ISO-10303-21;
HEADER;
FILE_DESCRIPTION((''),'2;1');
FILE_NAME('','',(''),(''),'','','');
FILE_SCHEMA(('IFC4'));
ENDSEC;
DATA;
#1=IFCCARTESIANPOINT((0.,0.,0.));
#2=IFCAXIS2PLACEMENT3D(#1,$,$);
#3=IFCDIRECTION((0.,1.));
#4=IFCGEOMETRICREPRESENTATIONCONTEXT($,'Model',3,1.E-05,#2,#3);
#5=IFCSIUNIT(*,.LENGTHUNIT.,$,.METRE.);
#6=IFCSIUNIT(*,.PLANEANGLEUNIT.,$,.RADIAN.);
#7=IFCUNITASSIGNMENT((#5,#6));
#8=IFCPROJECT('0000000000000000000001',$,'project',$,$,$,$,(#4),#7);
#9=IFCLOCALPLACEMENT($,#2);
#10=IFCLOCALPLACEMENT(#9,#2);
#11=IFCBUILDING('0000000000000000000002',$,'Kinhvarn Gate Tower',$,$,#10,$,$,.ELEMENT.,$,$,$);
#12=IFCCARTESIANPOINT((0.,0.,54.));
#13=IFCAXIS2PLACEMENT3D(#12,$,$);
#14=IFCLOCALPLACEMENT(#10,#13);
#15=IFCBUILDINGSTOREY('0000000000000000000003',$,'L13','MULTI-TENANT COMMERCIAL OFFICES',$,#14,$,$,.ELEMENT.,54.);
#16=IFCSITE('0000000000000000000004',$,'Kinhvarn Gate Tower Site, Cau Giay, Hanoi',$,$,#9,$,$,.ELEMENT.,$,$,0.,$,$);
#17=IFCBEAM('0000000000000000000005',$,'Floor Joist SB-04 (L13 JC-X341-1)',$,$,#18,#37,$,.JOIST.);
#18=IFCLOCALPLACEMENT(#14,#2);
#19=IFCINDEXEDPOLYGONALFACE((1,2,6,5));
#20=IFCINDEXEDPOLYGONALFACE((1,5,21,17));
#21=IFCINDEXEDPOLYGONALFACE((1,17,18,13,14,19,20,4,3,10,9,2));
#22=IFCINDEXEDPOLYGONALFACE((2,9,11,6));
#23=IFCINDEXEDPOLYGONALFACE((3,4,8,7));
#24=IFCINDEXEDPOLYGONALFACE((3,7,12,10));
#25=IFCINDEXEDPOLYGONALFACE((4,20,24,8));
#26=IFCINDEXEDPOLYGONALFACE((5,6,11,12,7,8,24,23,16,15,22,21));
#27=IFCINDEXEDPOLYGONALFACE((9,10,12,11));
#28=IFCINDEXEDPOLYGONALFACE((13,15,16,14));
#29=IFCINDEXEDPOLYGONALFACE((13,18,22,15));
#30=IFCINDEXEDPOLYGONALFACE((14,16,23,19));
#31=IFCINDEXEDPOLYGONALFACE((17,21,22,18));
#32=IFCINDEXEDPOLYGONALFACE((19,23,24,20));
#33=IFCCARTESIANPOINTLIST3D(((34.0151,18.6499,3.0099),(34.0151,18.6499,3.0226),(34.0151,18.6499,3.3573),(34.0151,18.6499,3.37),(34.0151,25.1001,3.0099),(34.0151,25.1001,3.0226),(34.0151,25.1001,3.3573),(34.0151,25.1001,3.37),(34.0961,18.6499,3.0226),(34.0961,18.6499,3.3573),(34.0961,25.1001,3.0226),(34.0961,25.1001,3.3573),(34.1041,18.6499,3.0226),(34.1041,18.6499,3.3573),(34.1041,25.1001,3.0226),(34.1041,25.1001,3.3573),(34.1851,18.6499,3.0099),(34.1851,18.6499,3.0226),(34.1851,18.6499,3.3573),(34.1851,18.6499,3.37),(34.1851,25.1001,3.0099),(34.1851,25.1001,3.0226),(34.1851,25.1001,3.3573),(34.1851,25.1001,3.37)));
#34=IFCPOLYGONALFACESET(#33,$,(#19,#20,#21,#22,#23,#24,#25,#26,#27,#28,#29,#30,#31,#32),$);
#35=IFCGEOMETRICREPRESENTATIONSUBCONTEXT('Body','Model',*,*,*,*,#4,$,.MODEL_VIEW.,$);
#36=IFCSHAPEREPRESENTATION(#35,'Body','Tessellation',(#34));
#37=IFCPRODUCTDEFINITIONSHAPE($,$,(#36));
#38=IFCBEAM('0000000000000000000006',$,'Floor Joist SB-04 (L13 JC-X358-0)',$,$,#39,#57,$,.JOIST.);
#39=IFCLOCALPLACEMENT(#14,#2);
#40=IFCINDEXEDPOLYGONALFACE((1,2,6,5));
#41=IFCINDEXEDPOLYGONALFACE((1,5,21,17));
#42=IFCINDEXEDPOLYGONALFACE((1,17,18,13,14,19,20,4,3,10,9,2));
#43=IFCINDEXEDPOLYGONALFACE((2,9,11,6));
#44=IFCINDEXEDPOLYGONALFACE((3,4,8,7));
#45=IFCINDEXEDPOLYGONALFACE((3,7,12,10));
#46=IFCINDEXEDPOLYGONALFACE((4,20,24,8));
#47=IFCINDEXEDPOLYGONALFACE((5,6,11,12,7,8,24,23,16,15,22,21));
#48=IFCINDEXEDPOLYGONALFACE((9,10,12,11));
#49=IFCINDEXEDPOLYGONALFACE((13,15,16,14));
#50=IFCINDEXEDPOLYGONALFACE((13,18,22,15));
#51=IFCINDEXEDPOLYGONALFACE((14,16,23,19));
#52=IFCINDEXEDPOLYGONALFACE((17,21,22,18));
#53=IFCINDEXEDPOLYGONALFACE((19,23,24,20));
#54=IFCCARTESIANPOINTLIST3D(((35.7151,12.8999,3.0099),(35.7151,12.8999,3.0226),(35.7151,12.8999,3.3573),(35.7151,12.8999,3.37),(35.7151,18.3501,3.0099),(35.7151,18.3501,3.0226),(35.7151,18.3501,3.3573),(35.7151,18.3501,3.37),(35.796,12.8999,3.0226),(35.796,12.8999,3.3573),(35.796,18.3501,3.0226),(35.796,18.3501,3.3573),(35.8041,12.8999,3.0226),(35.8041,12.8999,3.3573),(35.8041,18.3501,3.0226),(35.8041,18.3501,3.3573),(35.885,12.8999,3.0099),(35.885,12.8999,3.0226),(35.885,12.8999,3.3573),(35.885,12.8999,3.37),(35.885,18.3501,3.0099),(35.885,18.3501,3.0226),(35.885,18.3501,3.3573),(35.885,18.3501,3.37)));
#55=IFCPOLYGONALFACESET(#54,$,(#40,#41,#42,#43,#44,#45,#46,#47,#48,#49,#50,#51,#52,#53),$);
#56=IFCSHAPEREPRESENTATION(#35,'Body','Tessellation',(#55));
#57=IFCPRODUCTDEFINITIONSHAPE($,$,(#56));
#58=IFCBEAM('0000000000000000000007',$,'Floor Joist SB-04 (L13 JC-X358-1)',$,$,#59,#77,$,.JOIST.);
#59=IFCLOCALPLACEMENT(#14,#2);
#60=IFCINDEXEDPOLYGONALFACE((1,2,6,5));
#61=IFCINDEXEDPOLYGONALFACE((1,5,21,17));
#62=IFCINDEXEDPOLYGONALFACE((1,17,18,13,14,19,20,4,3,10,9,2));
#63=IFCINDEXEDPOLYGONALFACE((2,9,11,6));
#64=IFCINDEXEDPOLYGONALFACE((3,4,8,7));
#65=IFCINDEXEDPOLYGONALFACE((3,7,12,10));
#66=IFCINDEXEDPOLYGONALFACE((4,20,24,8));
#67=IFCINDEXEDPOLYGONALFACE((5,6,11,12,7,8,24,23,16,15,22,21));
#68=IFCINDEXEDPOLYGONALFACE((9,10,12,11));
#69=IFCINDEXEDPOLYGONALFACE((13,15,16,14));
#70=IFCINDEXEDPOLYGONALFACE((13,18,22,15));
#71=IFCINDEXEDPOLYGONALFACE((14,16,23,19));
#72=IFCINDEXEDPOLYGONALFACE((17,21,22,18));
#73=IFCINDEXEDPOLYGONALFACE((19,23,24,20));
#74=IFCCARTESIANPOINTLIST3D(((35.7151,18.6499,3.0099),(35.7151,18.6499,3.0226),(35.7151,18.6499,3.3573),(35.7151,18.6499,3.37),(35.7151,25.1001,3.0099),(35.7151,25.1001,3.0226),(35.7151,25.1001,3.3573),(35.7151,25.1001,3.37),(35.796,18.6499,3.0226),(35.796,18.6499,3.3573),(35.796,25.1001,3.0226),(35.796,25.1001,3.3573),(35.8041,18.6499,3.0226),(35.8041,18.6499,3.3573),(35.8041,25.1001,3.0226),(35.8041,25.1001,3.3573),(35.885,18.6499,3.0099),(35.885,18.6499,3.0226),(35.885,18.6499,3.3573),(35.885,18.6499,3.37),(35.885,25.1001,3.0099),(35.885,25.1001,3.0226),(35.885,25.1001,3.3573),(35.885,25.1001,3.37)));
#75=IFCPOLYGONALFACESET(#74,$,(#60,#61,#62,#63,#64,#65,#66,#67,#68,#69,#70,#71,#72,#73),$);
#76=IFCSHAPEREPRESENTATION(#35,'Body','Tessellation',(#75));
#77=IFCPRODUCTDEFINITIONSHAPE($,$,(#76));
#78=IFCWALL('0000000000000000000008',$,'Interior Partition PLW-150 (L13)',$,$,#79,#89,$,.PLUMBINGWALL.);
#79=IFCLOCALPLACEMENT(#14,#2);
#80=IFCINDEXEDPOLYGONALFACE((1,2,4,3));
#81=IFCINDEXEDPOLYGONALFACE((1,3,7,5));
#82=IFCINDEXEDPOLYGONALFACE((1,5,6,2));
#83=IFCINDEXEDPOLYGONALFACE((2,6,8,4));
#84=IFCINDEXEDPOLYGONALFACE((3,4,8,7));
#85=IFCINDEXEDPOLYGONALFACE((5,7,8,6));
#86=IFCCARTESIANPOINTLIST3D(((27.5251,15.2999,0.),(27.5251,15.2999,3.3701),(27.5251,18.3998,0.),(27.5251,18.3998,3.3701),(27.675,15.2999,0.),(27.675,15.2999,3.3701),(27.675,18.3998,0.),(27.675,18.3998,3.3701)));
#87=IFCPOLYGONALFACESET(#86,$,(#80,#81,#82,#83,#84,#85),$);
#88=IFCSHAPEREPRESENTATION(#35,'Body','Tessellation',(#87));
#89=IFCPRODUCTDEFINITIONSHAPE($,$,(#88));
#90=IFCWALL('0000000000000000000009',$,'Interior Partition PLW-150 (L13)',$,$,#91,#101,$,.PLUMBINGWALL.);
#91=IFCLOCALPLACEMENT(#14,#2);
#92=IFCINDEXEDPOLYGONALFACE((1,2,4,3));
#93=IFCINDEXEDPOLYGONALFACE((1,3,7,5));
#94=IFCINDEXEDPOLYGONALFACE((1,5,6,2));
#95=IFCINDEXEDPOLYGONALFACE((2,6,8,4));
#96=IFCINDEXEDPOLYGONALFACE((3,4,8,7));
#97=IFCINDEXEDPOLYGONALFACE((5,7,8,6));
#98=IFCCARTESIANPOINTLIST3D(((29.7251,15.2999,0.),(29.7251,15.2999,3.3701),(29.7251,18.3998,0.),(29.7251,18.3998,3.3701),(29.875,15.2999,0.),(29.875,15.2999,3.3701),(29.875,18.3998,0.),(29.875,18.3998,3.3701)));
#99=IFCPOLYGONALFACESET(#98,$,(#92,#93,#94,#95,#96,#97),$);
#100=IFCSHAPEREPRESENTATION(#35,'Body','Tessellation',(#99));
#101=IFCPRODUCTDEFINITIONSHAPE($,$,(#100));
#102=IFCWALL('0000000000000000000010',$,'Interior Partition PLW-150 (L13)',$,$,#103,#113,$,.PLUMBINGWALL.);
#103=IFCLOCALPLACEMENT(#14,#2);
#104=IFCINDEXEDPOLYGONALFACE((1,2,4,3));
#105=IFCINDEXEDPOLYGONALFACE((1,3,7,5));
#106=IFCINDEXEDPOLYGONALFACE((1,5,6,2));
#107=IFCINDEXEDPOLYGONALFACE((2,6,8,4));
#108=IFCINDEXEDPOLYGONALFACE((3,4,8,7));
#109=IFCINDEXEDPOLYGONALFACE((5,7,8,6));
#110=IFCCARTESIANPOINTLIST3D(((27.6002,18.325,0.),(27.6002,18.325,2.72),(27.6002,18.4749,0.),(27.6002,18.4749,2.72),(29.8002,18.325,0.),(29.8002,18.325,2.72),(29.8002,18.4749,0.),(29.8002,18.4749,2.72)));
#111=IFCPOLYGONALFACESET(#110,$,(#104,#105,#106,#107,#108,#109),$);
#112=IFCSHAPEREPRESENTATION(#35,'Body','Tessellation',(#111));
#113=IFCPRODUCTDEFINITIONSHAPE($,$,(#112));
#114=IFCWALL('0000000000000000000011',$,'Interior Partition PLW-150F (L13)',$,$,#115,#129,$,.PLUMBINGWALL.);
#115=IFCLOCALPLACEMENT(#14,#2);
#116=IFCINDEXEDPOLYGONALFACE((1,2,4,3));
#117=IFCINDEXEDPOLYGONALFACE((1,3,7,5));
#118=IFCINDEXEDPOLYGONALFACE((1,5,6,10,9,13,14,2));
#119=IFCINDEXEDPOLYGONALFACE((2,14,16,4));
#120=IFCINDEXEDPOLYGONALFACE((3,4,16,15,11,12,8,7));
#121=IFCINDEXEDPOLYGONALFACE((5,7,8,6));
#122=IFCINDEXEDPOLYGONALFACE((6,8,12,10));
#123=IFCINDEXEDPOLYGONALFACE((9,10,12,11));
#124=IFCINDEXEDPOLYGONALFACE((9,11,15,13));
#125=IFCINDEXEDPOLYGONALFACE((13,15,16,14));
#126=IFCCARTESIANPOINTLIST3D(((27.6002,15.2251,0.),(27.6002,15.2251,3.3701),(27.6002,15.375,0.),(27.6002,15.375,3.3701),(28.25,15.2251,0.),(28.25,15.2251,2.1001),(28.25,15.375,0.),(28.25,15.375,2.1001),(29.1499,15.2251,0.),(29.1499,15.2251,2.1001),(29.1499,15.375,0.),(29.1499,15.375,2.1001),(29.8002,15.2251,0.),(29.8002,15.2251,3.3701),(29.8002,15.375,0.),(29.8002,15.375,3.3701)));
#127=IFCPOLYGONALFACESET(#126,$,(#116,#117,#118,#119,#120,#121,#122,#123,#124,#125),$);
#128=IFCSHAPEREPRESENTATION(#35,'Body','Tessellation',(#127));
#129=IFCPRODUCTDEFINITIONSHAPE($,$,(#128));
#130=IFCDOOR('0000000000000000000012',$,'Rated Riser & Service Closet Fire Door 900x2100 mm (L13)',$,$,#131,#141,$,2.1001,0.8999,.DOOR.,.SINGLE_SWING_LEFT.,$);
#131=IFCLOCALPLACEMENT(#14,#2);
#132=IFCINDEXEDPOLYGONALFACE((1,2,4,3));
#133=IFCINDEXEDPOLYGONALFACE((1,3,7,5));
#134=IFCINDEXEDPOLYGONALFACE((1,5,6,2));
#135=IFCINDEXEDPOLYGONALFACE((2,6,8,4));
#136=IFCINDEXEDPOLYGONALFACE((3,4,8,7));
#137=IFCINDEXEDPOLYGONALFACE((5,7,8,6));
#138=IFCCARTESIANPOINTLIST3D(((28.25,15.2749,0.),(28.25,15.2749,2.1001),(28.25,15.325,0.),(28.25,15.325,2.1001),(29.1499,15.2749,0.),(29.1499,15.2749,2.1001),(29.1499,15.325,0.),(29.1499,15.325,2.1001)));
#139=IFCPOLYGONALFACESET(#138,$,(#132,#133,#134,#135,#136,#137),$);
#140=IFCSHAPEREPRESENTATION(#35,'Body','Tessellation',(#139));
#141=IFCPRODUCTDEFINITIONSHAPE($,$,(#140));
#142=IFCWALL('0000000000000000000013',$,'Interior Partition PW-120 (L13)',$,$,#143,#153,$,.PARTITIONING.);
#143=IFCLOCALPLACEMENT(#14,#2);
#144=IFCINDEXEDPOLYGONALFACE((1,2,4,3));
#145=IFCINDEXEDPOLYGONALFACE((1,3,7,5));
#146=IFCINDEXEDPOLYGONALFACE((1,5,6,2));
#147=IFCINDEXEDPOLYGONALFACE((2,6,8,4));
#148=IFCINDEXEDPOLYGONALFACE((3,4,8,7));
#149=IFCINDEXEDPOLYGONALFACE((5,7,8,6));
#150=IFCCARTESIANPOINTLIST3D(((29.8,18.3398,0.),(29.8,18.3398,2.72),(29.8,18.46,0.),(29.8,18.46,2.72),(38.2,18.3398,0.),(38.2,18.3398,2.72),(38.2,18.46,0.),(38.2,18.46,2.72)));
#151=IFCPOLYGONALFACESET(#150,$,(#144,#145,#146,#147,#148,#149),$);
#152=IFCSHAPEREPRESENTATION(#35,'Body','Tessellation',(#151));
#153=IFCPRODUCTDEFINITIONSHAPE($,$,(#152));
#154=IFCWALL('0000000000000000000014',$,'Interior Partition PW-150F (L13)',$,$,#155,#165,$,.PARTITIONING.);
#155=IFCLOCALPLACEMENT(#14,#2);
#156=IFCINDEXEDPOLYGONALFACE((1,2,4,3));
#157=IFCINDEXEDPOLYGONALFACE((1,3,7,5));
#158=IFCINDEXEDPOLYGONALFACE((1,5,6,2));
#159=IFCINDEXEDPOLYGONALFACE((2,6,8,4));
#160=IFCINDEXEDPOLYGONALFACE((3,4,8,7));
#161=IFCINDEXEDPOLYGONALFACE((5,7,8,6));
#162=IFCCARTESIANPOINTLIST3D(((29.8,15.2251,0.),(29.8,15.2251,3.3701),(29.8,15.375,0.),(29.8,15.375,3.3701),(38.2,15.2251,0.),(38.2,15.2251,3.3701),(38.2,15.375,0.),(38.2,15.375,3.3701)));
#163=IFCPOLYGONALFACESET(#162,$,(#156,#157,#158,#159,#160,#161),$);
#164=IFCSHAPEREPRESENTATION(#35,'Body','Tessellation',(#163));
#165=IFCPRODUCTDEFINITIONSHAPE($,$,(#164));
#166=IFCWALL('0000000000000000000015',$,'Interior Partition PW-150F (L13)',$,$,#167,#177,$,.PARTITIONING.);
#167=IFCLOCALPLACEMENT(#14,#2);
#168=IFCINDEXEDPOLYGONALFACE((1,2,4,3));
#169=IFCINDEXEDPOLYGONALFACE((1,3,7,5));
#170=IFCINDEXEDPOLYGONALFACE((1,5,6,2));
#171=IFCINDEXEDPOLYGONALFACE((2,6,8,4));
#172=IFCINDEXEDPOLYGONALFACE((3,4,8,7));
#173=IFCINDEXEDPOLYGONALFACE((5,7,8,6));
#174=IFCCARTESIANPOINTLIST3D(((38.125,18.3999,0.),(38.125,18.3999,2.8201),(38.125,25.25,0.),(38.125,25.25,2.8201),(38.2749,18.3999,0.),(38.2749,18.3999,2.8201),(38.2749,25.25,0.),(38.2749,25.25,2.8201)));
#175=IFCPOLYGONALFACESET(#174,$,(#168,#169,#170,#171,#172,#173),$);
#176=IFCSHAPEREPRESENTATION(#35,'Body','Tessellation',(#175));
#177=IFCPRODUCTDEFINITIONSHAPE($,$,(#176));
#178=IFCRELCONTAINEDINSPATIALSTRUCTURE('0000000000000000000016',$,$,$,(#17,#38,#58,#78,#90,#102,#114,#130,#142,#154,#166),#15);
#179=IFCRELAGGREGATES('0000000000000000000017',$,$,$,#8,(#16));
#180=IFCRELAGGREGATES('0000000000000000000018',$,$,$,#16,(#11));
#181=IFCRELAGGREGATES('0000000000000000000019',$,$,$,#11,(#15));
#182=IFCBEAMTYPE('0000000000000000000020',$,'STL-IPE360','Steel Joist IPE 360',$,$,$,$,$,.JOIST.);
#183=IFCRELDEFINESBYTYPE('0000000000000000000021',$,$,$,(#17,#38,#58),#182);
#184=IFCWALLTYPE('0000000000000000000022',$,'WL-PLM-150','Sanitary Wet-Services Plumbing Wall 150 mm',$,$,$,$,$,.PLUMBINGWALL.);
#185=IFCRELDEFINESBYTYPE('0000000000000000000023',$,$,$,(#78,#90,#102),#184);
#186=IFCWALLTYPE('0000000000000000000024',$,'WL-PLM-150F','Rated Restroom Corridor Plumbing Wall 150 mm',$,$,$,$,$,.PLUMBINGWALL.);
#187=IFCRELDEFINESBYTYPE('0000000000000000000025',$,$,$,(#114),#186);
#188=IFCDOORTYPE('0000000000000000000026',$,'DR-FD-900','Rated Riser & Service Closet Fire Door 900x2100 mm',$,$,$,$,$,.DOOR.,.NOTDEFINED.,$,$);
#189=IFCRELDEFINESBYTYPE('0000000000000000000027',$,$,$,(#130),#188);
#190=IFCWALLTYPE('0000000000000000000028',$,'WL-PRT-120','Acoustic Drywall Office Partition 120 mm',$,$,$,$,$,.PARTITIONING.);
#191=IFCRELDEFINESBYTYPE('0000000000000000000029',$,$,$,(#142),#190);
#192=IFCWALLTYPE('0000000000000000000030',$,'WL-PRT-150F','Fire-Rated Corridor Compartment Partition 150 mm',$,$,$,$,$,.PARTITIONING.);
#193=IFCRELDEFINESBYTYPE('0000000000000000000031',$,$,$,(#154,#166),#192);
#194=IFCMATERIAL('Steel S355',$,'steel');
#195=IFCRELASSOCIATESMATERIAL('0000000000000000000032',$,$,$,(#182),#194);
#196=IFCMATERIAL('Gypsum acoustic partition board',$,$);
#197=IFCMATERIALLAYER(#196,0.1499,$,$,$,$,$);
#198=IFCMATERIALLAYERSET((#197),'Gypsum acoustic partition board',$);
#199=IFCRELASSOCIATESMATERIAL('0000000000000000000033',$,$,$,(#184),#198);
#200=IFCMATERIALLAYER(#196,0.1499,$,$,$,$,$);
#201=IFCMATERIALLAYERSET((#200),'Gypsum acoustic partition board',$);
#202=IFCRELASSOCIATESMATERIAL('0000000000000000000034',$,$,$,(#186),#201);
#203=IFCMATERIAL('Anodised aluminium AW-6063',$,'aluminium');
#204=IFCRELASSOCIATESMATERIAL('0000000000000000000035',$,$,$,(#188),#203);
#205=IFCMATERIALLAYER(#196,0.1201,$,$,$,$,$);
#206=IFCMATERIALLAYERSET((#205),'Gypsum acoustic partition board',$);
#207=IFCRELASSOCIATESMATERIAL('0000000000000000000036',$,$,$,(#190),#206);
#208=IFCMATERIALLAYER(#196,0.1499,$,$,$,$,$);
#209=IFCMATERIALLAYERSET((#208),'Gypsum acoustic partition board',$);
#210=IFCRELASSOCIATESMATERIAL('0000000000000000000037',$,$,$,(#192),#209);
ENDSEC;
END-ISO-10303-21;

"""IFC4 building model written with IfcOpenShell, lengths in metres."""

from ifc_helpers import new_model, si_unit, direction, frame, frame_2d, origin, origin_2d, place, context, subcontext, project, spatial, rectangle, i_section, extrude, material, layer, layer_set, material_profile, profile_set, type_object, element, fill, save


model = new_model("IFC4")

# Units and contexts
model_context = context("Model", 3, precision=1e-05, world=origin(), true_north=direction((0.0, 1.0)))
body_context = subcontext(model_context, "Body", "Model", "MODEL_VIEW")
ifc_project = project(units=[si_unit("LENGTHUNIT", "METRE"), si_unit("PLANEANGLEUNIT", "RADIAN")], contexts=[model_context])

# Site, building, storey
site_placement = place(None, origin())
site = spatial("IfcSite", under=ifc_project, at=site_placement, Name="Kinhvarn Gate Tower Site, Cau Giay, Hanoi", CompositionType="ELEMENT", RefElevation=0.0)
building_placement = place(site_placement, origin())
building = spatial("IfcBuilding", under=site, at=building_placement, Name="Kinhvarn Gate Tower", CompositionType="ELEMENT")
storey_placement = place(building_placement, frame((0.0, 0.0, 54.0)))
storey = spatial("IfcBuildingStorey", under=building, at=storey_placement, Name="L13", Description="MULTI-TENANT COMMERCIAL OFFICES", CompositionType="ELEMENT", Elevation=54.0)

# Beams
ifc_material_1 = material(Name="Steel S355", Category="steel")
ifc_material_profile_1 = material_profile(ifc_material_1, i_section(OverallWidth=0.1699, OverallDepth=0.3601, WebThickness=0.0081, FlangeThickness=0.0127, at=origin_2d()), Name="IPE 360")
ifc_profile_set_1 = profile_set([ifc_material_profile_1], Name="Steel S355")
beam_type_1 = type_object("IfcBeamType", Name="STL-IPE360", Description="Steel Joist IPE 360", PredefinedType="JOIST", material=ifc_profile_set_1)
beam_1_placement = place(storey_placement, frame((34.1001, 18.6499, 3.1899), z_axis=(0.0, 1.0, 0.0), x_axis=(-1.0, 0.0, 0.0)))
element("IfcBeam", 1, at=beam_1_placement, inside=storey, type_object=beam_type_1, Name="Floor Joist SB-04 (L13 JC-X341-1)", PredefinedType="JOIST", context=body_context, shape_type="SweptSolid", body=[
    extrude(i_section(OverallWidth=0.1699, OverallDepth=0.3601, WebThickness=0.0081, FlangeThickness=0.0127, at=origin_2d()), origin(), (0.0, 0.0, 1.0), 6.4502),
])
beam_2_placement = place(storey_placement, frame((35.8, 12.8999, 3.1899), z_axis=(0.0, 1.0, 0.0), x_axis=(-1.0, 0.0, 0.0)))
element("IfcBeam", 2, at=beam_2_placement, inside=storey, type_object=beam_type_1, Name="Floor Joist SB-04 (L13 JC-X358-0)", PredefinedType="JOIST", context=body_context, shape_type="SweptSolid", body=[
    extrude(i_section(OverallWidth=0.1699, OverallDepth=0.3601, WebThickness=0.0081, FlangeThickness=0.0127, at=origin_2d()), origin(), (0.0, 0.0, 1.0), 5.4502),
])
beam_3_placement = place(storey_placement, frame((35.8, 18.6499, 3.1899), z_axis=(0.0, 1.0, 0.0), x_axis=(-1.0, 0.0, 0.0)))
element("IfcBeam", 3, at=beam_3_placement, inside=storey, type_object=beam_type_1, Name="Floor Joist SB-04 (L13 JC-X358-1)", PredefinedType="JOIST", context=body_context, shape_type="SweptSolid", body=[
    extrude(i_section(OverallWidth=0.1699, OverallDepth=0.3601, WebThickness=0.0081, FlangeThickness=0.0127, at=origin_2d()), origin(), (0.0, 0.0, 1.0), 6.4502),
])

# Walls
ifc_material_2 = material(Name="Gypsum acoustic partition board")
ifc_layer_1 = layer(ifc_material_2, 0.1499)
ifc_layer_set_1 = layer_set([ifc_layer_1], Name="Gypsum acoustic partition board")
wall_type_1 = type_object("IfcWallType", Name="WL-PLM-150", Description="Sanitary Wet-Services Plumbing Wall 150 mm", PredefinedType="PLUMBINGWALL", material=ifc_layer_set_1)
for number, where, z_axis, x_axis, name in (
    (4, (27.6001, 15.3, 0.0), (0.0, 0.0, 1.0), (0.0, 1.0, 0.0), "Interior Partition PLW-150 (L13)"),
    (5, (29.8, 15.3, 0.0), (0.0, 0.0, 1.0), (0.0, 1.0, 0.0), "Interior Partition PLW-150 (L13)"),
):
    element("IfcWall", number, at=place(storey_placement, frame(where, z_axis=z_axis, x_axis=x_axis)), inside=storey, type_object=wall_type_1, Name=name, PredefinedType="PLUMBINGWALL", context=body_context, shape_type="SweptSolid", body=[
        extrude(rectangle(XDim=3.0999, YDim=0.1499, at=frame_2d((1.5498, 0.0))), origin(), (0.0, 0.0, 1.0), 3.3701),
    ])
wall_1_placement = place(storey_placement, frame((27.6001, 18.3999, 0.0), z_axis=(0.0, 0.0, 1.0), x_axis=(1.0, 0.0, 0.0)))
element("IfcWall", 6, at=wall_1_placement, inside=storey, type_object=wall_type_1, Name="Interior Partition PLW-150 (L13)", PredefinedType="PLUMBINGWALL", context=body_context, shape_type="SweptSolid", body=[
    extrude(rectangle(XDim=2.2, YDim=0.1499, at=frame_2d((1.1001, 0.0))), origin(), (0.0, 0.0, 1.0), 2.72),
])

# Wall, opening, door
ifc_layer_2 = layer(ifc_material_2, 0.1499)
ifc_layer_set_2 = layer_set([ifc_layer_2], Name="Gypsum acoustic partition board")
wall_type_2 = type_object("IfcWallType", Name="WL-PLM-150F", Description="Rated Restroom Corridor Plumbing Wall 150 mm", PredefinedType="PLUMBINGWALL", material=ifc_layer_set_2)
wall_2_placement = place(storey_placement, frame((27.6001, 15.3, 0.0), z_axis=(0.0, 0.0, 1.0), x_axis=(1.0, 0.0, 0.0)))
wall_2 = element("IfcWall", 7, at=wall_2_placement, inside=storey, type_object=wall_type_2, Name="Interior Partition PLW-150F (L13)", PredefinedType="PLUMBINGWALL", context=body_context, shape_type="SweptSolid", body=[
    extrude(rectangle(XDim=2.2, YDim=0.1499, at=frame_2d((1.1001, 0.0))), origin(), (0.0, 0.0, 1.0), 3.3701),
])
opening_1_placement = place(wall_2_placement, frame((0.6499, 0.0, 0.0)))
opening_1 = element("IfcOpeningElement", 8, at=opening_1_placement, cuts=wall_2, PredefinedType="OPENING", context=body_context, shape_type="SweptSolid", body=[
    extrude(rectangle(XDim=0.8999, YDim=2.1001, at=frame_2d((0.45, 1.05))), frame((0.0, 0.085, 0.0), z_axis=(0.0, -1.0, 0.0), x_axis=(1.0, 0.0, 0.0)), (0.0, 0.0, 1.0), 0.1699),
])
ifc_material_3 = material(Name="Anodised aluminium AW-6063", Category="aluminium")
door_type_1 = type_object("IfcDoorType", Name="DR-FD-900", Description="Rated Riser & Service Closet Fire Door 900x2100 mm", OperationType="NOTDEFINED", PredefinedType="DOOR", material=ifc_material_3)
door_1_placement = place(opening_1_placement, origin())
door_1 = element("IfcDoor", 9, at=door_1_placement, inside=storey, type_object=door_type_1, Name="Rated Riser & Service Closet Fire Door 900x2100 mm (L13)", OperationType="SINGLE_SWING_LEFT", OverallHeight=2.1001, OverallWidth=0.8999, PredefinedType="DOOR", context=body_context, shape_type="SweptSolid", body=[
    extrude(rectangle(XDim=0.8999, YDim=2.1001, at=frame_2d((0.45, 1.05))), frame((0.0, 0.0249, 0.0), z_axis=(0.0, -1.0, 0.0), x_axis=(1.0, 0.0, 0.0)), (0.0, 0.0, 1.0), 0.05),
])
fill(opening_1, door_1)

# Walls
ifc_layer_3 = layer(ifc_material_2, 0.1201)
ifc_layer_set_3 = layer_set([ifc_layer_3], Name="Gypsum acoustic partition board")
wall_type_3 = type_object("IfcWallType", Name="WL-PRT-120", Description="Acoustic Drywall Office Partition 120 mm", PredefinedType="PARTITIONING", material=ifc_layer_set_3)
wall_3_placement = place(storey_placement, frame((29.8, 18.3999, 0.0), z_axis=(0.0, 0.0, 1.0), x_axis=(1.0, 0.0, 0.0)))
element("IfcWall", 10, at=wall_3_placement, inside=storey, type_object=wall_type_3, Name="Interior Partition PW-120 (L13)", PredefinedType="PARTITIONING", context=body_context, shape_type="SweptSolid", body=[
    extrude(rectangle(XDim=8.3999, YDim=0.1201, at=frame_2d((4.2, 0.0))), origin(), (0.0, 0.0, 1.0), 2.72),
])
ifc_layer_4 = layer(ifc_material_2, 0.1499)
ifc_layer_set_4 = layer_set([ifc_layer_4], Name="Gypsum acoustic partition board")
wall_type_4 = type_object("IfcWallType", Name="WL-PRT-150F", Description="Fire-Rated Corridor Compartment Partition 150 mm", PredefinedType="PARTITIONING", material=ifc_layer_set_4)
wall_4_placement = place(storey_placement, frame((29.8, 15.3, 0.0), z_axis=(0.0, 0.0, 1.0), x_axis=(1.0, 0.0, 0.0)))
element("IfcWall", 11, at=wall_4_placement, inside=storey, type_object=wall_type_4, Name="Interior Partition PW-150F (L13)", PredefinedType="PARTITIONING", context=body_context, shape_type="SweptSolid", body=[
    extrude(rectangle(XDim=8.3999, YDim=0.1499, at=frame_2d((4.2, 0.0))), origin(), (0.0, 0.0, 1.0), 3.3701),
])

# Wall
wall_5_placement = place(storey_placement, frame((38.2, 18.3999, 0.0), z_axis=(0.0, 0.0, 1.0), x_axis=(0.0, 1.0, 0.0)))
element("IfcWall", 12, at=wall_5_placement, inside=storey, type_object=wall_type_4, Name="Interior Partition PW-150F (L13)", PredefinedType="PARTITIONING", context=body_context, shape_type="SweptSolid", body=[
    extrude(rectangle(XDim=6.8501, YDim=0.1499, at=frame_2d((3.425, 0.0))), origin(), (0.0, 0.0, 1.0), 2.8201),
])

save(model, "model.ifc")
